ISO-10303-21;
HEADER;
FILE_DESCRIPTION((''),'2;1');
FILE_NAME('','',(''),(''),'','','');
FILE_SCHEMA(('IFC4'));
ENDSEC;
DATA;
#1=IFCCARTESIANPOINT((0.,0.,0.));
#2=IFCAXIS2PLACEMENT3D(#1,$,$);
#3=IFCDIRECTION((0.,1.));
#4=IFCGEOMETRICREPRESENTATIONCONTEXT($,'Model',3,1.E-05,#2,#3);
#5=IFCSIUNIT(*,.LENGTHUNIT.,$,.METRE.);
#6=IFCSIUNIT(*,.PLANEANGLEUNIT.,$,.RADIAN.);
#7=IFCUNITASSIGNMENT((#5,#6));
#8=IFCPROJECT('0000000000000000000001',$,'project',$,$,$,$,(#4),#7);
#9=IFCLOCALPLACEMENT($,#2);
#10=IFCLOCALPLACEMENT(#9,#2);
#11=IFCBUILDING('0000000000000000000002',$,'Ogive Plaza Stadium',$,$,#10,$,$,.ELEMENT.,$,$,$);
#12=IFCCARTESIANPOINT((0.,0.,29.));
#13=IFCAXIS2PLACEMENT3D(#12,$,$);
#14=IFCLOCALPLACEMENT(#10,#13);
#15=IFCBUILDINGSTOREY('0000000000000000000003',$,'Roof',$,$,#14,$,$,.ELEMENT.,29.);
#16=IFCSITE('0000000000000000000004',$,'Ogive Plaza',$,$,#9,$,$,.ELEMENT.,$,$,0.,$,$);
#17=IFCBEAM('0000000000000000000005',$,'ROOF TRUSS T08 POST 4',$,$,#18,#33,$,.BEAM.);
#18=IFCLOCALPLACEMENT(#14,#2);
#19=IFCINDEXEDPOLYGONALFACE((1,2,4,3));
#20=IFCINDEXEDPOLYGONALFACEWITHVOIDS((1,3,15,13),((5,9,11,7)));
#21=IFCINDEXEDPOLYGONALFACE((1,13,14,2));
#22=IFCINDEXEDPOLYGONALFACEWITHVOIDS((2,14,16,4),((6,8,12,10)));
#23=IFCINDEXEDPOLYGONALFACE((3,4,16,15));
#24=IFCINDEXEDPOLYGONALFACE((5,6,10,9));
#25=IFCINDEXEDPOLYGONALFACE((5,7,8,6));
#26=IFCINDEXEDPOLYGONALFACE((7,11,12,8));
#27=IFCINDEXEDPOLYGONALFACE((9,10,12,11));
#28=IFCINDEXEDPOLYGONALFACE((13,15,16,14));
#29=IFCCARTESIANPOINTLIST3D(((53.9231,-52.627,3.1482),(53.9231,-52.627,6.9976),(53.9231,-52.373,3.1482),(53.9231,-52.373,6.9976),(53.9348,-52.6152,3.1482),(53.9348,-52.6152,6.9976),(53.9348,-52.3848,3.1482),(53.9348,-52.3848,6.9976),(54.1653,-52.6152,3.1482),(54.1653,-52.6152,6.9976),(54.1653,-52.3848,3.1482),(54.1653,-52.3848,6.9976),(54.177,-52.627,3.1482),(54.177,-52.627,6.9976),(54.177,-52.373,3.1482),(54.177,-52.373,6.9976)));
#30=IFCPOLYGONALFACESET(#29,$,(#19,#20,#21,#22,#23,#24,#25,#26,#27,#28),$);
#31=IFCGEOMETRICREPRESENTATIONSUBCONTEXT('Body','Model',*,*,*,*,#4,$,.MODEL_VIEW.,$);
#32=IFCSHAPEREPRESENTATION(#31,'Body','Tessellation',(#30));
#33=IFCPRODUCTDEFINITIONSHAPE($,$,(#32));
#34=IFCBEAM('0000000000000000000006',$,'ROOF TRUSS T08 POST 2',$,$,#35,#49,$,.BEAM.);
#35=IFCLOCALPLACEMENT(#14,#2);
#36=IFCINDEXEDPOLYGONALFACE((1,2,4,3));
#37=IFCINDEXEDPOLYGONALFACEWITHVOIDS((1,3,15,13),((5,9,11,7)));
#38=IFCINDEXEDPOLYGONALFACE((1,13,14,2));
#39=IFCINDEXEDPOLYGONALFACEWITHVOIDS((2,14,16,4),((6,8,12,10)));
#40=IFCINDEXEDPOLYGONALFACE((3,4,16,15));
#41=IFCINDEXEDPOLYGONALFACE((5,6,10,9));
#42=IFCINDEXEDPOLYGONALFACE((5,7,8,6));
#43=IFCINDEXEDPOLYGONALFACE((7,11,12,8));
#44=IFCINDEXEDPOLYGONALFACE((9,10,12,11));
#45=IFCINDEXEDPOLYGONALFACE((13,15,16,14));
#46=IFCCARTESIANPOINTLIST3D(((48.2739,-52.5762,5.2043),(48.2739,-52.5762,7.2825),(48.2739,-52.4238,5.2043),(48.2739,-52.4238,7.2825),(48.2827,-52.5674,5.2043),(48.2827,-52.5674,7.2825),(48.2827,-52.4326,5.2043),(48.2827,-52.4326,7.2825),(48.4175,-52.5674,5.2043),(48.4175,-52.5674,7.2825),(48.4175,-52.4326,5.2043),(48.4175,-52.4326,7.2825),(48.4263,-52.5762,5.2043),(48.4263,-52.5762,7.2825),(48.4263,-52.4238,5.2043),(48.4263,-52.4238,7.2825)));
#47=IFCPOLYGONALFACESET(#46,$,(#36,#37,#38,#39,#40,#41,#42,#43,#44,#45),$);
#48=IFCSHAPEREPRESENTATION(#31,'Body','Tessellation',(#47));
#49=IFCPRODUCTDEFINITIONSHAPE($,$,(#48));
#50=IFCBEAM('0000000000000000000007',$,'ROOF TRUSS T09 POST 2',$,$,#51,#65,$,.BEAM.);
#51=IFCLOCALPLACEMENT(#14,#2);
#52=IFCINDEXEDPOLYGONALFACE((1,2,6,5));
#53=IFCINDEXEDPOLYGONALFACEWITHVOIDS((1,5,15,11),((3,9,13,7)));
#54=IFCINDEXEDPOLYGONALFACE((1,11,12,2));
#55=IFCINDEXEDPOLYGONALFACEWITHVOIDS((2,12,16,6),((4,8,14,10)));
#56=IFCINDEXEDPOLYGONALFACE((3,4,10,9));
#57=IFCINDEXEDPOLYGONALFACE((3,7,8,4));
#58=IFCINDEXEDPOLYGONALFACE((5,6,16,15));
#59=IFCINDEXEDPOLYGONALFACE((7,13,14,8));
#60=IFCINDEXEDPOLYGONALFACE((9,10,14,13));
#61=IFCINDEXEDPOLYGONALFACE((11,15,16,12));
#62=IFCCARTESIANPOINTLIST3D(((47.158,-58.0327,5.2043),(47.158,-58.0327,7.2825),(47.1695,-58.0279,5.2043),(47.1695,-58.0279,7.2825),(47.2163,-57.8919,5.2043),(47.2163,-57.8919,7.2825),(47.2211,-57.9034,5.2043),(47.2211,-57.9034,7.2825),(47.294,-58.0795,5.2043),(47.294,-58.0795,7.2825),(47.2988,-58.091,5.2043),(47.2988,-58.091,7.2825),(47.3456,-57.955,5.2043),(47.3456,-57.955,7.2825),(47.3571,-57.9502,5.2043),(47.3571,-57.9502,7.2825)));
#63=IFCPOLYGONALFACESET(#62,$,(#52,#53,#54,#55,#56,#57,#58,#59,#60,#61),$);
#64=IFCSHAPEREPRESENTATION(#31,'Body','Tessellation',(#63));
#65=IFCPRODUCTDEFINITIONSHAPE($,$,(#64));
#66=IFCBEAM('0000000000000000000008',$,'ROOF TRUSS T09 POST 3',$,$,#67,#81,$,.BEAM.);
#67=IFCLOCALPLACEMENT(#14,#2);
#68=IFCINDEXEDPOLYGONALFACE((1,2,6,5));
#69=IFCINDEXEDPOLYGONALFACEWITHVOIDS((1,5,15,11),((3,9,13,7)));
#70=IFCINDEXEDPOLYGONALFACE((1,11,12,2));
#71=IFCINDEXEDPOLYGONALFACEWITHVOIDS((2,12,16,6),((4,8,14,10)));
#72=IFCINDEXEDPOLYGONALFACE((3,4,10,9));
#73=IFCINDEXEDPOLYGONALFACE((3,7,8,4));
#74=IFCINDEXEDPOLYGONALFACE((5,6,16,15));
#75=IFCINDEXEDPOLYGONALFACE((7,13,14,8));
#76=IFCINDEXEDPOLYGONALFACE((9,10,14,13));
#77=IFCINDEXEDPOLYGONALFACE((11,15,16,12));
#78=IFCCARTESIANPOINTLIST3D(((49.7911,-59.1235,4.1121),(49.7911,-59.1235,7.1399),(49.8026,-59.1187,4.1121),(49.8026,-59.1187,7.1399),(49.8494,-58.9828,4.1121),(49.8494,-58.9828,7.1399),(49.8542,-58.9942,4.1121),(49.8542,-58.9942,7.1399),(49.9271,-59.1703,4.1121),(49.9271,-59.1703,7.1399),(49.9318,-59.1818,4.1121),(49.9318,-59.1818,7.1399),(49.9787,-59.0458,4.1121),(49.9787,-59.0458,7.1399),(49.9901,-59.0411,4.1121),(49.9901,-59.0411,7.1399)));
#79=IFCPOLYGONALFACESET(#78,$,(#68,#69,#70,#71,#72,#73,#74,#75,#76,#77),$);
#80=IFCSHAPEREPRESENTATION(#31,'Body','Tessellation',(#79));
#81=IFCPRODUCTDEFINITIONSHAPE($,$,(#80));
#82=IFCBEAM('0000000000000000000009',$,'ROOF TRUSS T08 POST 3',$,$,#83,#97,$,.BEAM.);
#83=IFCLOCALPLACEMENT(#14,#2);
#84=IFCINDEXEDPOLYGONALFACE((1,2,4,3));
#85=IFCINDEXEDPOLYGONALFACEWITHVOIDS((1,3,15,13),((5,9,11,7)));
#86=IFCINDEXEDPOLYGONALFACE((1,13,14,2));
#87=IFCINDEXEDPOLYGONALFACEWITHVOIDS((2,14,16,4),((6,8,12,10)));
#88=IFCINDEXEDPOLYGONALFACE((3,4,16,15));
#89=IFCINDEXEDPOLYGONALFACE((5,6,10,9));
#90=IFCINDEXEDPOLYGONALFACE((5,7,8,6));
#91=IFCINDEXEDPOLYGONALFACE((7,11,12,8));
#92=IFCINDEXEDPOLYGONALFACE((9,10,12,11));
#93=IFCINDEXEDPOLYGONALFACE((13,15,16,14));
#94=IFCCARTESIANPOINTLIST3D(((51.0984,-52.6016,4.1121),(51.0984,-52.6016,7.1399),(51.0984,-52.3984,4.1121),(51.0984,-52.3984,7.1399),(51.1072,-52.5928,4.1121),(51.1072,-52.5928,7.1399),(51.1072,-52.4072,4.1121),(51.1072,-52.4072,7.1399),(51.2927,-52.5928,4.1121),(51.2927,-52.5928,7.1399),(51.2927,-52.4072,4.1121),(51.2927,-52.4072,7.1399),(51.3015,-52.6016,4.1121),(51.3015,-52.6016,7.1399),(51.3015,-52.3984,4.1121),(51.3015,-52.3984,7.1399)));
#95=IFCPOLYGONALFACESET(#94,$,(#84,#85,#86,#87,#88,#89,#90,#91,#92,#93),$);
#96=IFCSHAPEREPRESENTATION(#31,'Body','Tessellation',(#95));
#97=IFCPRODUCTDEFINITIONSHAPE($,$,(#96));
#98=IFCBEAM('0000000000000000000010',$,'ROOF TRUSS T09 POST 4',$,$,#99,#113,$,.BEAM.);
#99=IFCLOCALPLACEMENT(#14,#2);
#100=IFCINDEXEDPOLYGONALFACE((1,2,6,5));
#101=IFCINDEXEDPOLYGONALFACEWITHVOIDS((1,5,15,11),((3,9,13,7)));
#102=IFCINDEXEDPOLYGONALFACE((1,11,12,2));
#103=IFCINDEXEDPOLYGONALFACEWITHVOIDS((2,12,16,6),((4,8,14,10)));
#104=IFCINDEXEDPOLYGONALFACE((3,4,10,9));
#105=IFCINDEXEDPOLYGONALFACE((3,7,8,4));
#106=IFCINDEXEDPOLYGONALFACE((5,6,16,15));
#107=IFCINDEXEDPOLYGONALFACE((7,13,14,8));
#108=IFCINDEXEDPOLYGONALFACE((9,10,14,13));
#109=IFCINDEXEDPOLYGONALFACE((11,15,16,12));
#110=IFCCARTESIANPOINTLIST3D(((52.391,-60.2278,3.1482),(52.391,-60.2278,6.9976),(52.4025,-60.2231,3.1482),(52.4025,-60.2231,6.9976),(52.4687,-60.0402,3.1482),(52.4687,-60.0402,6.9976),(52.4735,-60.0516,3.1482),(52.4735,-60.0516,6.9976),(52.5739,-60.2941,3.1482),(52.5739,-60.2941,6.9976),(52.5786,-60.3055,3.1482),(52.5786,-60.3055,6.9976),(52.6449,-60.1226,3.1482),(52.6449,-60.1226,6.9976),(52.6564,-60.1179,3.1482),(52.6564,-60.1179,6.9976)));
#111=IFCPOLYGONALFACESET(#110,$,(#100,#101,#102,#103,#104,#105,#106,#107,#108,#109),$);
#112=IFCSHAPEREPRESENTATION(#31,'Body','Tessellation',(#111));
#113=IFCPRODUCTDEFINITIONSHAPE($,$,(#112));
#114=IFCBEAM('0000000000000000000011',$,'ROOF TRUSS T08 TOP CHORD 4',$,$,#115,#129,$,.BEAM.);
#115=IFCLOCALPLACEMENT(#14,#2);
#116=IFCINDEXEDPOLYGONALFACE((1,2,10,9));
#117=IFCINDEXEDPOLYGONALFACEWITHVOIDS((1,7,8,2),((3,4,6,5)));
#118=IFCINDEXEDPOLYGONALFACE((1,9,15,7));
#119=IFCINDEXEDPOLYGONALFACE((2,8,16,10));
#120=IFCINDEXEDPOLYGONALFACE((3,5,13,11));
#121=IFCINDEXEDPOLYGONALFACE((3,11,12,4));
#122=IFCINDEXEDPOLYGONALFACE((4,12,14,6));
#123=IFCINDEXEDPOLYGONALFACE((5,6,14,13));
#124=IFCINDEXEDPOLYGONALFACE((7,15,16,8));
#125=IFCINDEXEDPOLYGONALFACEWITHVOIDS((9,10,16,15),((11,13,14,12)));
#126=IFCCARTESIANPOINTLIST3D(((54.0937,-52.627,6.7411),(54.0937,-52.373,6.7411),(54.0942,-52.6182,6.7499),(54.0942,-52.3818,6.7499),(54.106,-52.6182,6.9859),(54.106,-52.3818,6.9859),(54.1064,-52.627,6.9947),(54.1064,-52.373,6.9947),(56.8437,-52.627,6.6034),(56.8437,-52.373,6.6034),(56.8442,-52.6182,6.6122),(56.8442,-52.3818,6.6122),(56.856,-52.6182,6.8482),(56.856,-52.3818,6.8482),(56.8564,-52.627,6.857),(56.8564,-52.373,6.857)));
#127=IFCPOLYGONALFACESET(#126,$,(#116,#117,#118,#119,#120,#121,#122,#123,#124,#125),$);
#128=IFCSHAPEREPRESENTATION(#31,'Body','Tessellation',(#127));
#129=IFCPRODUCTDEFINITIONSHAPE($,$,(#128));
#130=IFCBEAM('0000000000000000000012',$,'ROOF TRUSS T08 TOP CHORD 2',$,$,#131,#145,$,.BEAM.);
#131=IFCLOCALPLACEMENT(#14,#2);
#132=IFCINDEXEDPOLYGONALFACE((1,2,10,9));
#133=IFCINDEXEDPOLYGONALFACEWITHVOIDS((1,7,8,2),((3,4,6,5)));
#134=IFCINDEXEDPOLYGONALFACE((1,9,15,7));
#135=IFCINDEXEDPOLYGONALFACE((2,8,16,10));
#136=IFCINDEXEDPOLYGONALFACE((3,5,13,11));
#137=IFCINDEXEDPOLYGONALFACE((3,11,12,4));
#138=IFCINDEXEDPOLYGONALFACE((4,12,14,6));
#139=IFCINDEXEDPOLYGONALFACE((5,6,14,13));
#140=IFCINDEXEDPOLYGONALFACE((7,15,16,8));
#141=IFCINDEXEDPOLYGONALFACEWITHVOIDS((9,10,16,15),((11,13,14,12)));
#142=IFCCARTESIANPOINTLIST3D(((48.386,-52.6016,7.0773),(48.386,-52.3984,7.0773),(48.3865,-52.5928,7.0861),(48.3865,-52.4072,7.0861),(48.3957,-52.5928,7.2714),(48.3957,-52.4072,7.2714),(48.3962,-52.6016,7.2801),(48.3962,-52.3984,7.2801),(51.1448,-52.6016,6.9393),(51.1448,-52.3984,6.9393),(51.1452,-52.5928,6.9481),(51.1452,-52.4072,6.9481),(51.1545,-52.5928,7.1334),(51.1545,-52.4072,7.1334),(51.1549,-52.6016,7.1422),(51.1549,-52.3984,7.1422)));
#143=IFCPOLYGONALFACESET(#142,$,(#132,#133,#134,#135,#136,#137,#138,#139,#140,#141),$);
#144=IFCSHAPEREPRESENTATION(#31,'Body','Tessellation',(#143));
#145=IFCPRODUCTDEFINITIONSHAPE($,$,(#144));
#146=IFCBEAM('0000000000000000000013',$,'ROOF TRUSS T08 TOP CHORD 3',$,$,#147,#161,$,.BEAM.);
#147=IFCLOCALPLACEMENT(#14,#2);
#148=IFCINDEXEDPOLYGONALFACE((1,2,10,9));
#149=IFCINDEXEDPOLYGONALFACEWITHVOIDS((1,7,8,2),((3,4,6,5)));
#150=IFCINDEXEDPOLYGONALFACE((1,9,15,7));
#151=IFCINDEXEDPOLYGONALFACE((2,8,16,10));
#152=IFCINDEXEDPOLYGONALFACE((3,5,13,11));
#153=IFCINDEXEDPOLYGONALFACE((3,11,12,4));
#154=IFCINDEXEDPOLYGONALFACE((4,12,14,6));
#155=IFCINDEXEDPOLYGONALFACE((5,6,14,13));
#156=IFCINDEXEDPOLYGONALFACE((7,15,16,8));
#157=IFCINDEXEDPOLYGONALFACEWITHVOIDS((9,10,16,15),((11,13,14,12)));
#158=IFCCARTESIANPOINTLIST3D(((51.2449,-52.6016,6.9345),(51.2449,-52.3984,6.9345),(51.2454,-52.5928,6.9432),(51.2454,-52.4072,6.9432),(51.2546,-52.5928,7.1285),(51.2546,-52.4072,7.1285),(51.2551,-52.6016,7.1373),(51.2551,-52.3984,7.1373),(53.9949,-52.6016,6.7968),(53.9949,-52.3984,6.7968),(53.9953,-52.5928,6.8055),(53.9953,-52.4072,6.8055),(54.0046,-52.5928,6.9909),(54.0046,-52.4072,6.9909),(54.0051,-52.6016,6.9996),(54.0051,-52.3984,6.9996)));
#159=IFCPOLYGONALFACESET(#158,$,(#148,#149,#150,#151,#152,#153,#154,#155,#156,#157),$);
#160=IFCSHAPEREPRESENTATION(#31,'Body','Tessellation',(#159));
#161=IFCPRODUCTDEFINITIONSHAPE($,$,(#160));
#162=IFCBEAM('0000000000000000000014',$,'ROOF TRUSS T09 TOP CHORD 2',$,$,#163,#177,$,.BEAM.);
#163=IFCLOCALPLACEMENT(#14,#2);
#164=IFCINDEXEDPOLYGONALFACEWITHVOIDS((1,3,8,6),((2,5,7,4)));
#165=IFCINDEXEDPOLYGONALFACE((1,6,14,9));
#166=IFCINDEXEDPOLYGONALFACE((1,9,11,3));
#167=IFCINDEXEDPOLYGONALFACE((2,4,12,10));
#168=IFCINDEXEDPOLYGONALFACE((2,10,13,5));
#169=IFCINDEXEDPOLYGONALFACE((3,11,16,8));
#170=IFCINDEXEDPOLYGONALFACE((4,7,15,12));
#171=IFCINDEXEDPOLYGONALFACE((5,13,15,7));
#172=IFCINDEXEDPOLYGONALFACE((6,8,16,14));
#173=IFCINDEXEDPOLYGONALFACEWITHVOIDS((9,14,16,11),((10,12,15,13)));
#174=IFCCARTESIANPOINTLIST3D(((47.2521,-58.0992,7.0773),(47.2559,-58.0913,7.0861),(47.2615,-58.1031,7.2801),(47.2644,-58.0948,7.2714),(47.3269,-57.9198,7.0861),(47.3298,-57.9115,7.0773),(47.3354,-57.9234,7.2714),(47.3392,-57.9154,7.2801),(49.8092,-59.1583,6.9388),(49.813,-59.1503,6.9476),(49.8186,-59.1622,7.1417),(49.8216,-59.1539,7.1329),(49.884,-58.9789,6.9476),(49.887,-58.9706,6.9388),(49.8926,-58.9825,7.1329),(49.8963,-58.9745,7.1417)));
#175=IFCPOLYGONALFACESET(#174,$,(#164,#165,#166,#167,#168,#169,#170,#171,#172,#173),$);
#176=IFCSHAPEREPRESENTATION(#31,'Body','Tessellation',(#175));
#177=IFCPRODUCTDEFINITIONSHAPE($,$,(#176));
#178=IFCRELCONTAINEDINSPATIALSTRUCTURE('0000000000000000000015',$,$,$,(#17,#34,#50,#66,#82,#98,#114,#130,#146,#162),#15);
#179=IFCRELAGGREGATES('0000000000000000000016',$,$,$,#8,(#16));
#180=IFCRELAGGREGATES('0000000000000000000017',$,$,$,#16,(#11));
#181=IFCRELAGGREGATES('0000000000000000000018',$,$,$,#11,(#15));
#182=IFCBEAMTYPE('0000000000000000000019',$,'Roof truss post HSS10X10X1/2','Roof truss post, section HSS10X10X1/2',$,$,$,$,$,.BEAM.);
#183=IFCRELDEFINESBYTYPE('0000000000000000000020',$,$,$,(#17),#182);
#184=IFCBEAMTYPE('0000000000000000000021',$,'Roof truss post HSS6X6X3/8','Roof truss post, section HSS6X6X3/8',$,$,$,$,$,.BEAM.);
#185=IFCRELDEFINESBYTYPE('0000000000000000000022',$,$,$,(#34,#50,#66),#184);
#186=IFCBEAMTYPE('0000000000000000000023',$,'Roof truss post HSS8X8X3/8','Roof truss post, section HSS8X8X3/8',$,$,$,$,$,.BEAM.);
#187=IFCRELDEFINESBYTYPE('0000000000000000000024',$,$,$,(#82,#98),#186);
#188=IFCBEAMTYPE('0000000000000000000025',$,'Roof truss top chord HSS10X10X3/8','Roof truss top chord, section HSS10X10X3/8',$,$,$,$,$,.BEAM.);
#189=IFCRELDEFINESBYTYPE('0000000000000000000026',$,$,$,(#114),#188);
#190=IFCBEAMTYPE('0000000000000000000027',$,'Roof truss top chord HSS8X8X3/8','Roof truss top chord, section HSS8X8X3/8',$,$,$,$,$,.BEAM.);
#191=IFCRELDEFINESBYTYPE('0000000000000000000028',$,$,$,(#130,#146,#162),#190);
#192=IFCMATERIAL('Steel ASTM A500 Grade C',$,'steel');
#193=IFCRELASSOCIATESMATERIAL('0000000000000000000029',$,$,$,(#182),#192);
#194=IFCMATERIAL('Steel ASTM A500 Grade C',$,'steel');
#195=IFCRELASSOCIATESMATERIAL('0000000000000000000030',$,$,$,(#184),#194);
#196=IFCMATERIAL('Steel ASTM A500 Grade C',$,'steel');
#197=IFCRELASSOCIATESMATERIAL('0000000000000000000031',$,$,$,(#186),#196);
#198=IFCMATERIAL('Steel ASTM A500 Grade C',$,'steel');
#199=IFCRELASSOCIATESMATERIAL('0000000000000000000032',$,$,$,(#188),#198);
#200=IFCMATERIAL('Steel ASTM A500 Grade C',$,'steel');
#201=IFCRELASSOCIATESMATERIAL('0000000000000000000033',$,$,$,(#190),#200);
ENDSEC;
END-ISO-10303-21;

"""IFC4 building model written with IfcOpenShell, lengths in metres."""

from ifc_helpers import new_model, si_unit, direction, frame, origin, origin_2d, place, context, subcontext, project, spatial, hollow_rectangle, extrude, material, material_profile, profile_set, type_object, element, save


model = new_model("IFC4")

# Units and contexts
model_context = context("Model", 3, precision=1e-05, world=origin(), true_north=direction((0.0, 1.0)))
body_context = subcontext(model_context, "Body", "Model", "MODEL_VIEW")
ifc_project = project(units=[si_unit("LENGTHUNIT", "METRE"), si_unit("PLANEANGLEUNIT", "RADIAN")], contexts=[model_context])

# Site, building, storey
site_placement = place(None, origin())
site = spatial("IfcSite", under=ifc_project, at=site_placement, Name="Ogive Plaza", CompositionType="ELEMENT", RefElevation=0.0)
building_placement = place(site_placement, origin())
building = spatial("IfcBuilding", under=site, at=building_placement, Name="Ogive Plaza Stadium", CompositionType="ELEMENT")
storey_placement = place(building_placement, frame((0.0, 0.0, 29.0)))
storey = spatial("IfcBuildingStorey", under=building, at=storey_placement, Name="Roof", CompositionType="ELEMENT", Elevation=29.0)

# Beams
ifc_material_1 = material(Name="Steel ASTM A500 Grade C", Category="steel")
ifc_material_profile_1 = material_profile(ifc_material_1, hollow_rectangle(XDim=0.2539, YDim=0.2539, WallThickness=0.0117, at=origin_2d()), Name="HSS10X10X1/2")
ifc_profile_set_1 = profile_set([ifc_material_profile_1], Name="Steel ASTM A500 Grade C")
beam_type_1 = type_object("IfcBeamType", Name="Roof truss post HSS10X10X1/2", Description="Roof truss post, section HSS10X10X1/2", PredefinedType="BEAM", material=ifc_profile_set_1)
beam_1_placement = place(storey_placement, frame((54.05, -52.5, 3.1482), z_axis=(0.0, 0.0, 1.0), x_axis=(0.0, 1.0, 0.0)))
element("IfcBeam", 1, at=beam_1_placement, inside=storey, type_object=beam_type_1, Name="ROOF TRUSS T08 POST 4", PredefinedType="BEAM", context=body_context, shape_type="SweptSolid", body=[
    extrude(hollow_rectangle(XDim=0.2539, YDim=0.2539, WallThickness=0.0117, at=origin_2d()), origin(), (0.0, 0.0, 1.0), 3.8494),
])
ifc_material_2 = material(Name="Steel ASTM A500 Grade C", Category="steel")
ifc_material_profile_2 = material_profile(ifc_material_2, hollow_rectangle(XDim=0.1523, YDim=0.1523, WallThickness=0.0088, at=origin_2d()), Name="HSS6X6X3/8")
ifc_profile_set_2 = profile_set([ifc_material_profile_2], Name="Steel ASTM A500 Grade C")
beam_type_2 = type_object("IfcBeamType", Name="Roof truss post HSS6X6X3/8", Description="Roof truss post, section HSS6X6X3/8", PredefinedType="BEAM", material=ifc_profile_set_2)
for number, where, z_axis, x_axis, name in (
    (2, (48.3501, -52.5, 5.2043), (0.0, 0.0, 1.0), (0.0, 1.0, 0.0), "ROOF TRUSS T08 POST 2"),
    (3, (47.2576, -57.9915, 5.2043), (0.0, 0.0, 1.0), (0.382683, 0.92388, 0.0), "ROOF TRUSS T09 POST 2"),
):
    element("IfcBeam", number, at=place(storey_placement, frame(where, z_axis=z_axis, x_axis=x_axis)), inside=storey, type_object=beam_type_2, Name=name, PredefinedType="BEAM", context=body_context, shape_type="SweptSolid", body=[
        extrude(hollow_rectangle(XDim=0.1523, YDim=0.1523, WallThickness=0.0088, at=origin_2d()), origin(), (0.0, 0.0, 1.0), 2.0781),
    ])
beam_2_placement = place(storey_placement, frame((49.8906, -59.0823, 4.1121), z_axis=(0.0, 0.0, 1.0), x_axis=(0.382683, 0.92388, 0.0)))
element("IfcBeam", 4, at=beam_2_placement, inside=storey, type_object=beam_type_2, Name="ROOF TRUSS T09 POST 3", PredefinedType="BEAM", context=body_context, shape_type="SweptSolid", body=[
    extrude(hollow_rectangle(XDim=0.1523, YDim=0.1523, WallThickness=0.0088, at=origin_2d()), origin(), (0.0, 0.0, 1.0), 3.0278),
])
ifc_material_3 = material(Name="Steel ASTM A500 Grade C", Category="steel")
ifc_material_profile_3 = material_profile(ifc_material_3, hollow_rectangle(XDim=0.2031, YDim=0.2031, WallThickness=0.0088, at=origin_2d()), Name="HSS8X8X3/8")
ifc_profile_set_3 = profile_set([ifc_material_profile_3], Name="Steel ASTM A500 Grade C")
beam_type_3 = type_object("IfcBeamType", Name="Roof truss post HSS8X8X3/8", Description="Roof truss post, section HSS8X8X3/8", PredefinedType="BEAM", material=ifc_profile_set_3)
beam_3_placement = place(storey_placement, frame((51.2, -52.5, 4.1121), z_axis=(0.0, 0.0, 1.0), x_axis=(0.0, 1.0, 0.0)))
element("IfcBeam", 5, at=beam_3_placement, inside=storey, type_object=beam_type_3, Name="ROOF TRUSS T08 POST 3", PredefinedType="BEAM", context=body_context, shape_type="SweptSolid", body=[
    extrude(hollow_rectangle(XDim=0.2031, YDim=0.2031, WallThickness=0.0088, at=origin_2d()), origin(), (0.0, 0.0, 1.0), 3.0278),
])
beam_4_placement = place(storey_placement, frame((52.5237, -60.1729, 3.1482), z_axis=(0.0, 0.0, 1.0), x_axis=(0.382683, 0.92388, 0.0)))
element("IfcBeam", 6, at=beam_4_placement, inside=storey, type_object=beam_type_3, Name="ROOF TRUSS T09 POST 4", PredefinedType="BEAM", context=body_context, shape_type="SweptSolid", body=[
    extrude(hollow_rectangle(XDim=0.2031, YDim=0.2031, WallThickness=0.0088, at=origin_2d()), origin(), (0.0, 0.0, 1.0), 3.8494),
])
ifc_material_4 = material(Name="Steel ASTM A500 Grade C", Category="steel")
ifc_material_profile_4 = material_profile(ifc_material_4, hollow_rectangle(XDim=0.2539, YDim=0.2539, WallThickness=0.0088, at=origin_2d()), Name="HSS10X10X3/8")
ifc_profile_set_4 = profile_set([ifc_material_profile_4], Name="Steel ASTM A500 Grade C")
beam_type_4 = type_object("IfcBeamType", Name="Roof truss top chord HSS10X10X3/8", Description="Roof truss top chord, section HSS10X10X3/8", PredefinedType="BEAM", material=ifc_profile_set_4)
beam_5_placement = place(storey_placement, frame((54.1001, -52.5, 6.8679), z_axis=(0.998749, 0.0, -0.050008), x_axis=(0.0, 1.0, 0.0)))
element("IfcBeam", 7, at=beam_5_placement, inside=storey, type_object=beam_type_4, Name="ROOF TRUSS T08 TOP CHORD 4", PredefinedType="BEAM", context=body_context, shape_type="SweptSolid", body=[
    extrude(hollow_rectangle(XDim=0.2539, YDim=0.2539, WallThickness=0.0088, at=origin_2d()), origin(), (0.0, 0.0, 1.0), 2.7534),
])
ifc_material_5 = material(Name="Steel ASTM A500 Grade C", Category="steel")
ifc_material_profile_5 = material_profile(ifc_material_5, hollow_rectangle(XDim=0.2031, YDim=0.2031, WallThickness=0.0088, at=origin_2d()), Name="HSS8X8X3/8")
ifc_profile_set_5 = profile_set([ifc_material_profile_5], Name="Steel ASTM A500 Grade C")
beam_type_5 = type_object("IfcBeamType", Name="Roof truss top chord HSS8X8X3/8", Description="Roof truss top chord, section HSS8X8X3/8", PredefinedType="BEAM", material=ifc_profile_set_5)
beam_6_placement = place(storey_placement, frame((48.3911, -52.5, 7.1787), z_axis=(0.998752, 0.0, -0.049938), x_axis=(0.0, 1.0, 0.0)))
element("IfcBeam", 8, at=beam_6_placement, inside=storey, type_object=beam_type_5, Name="ROOF TRUSS T08 TOP CHORD 2", PredefinedType="BEAM", context=body_context, shape_type="SweptSolid", body=[
    extrude(hollow_rectangle(XDim=0.2031, YDim=0.2031, WallThickness=0.0088, at=origin_2d()), origin(), (0.0, 0.0, 1.0), 2.7622),
])
beam_7_placement = place(storey_placement, frame((51.25, -52.5, 7.0359), z_axis=(0.998749, 0.0, -0.050008), x_axis=(0.0, 1.0, 0.0)))
element("IfcBeam", 9, at=beam_7_placement, inside=storey, type_object=beam_type_5, Name="ROOF TRUSS T08 TOP CHORD 3", PredefinedType="BEAM", context=body_context, shape_type="SweptSolid", body=[
    extrude(hollow_rectangle(XDim=0.2031, YDim=0.2031, WallThickness=0.0088, at=origin_2d()), origin(), (0.0, 0.0, 1.0), 2.7534),
])
beam_8_placement = place(storey_placement, frame((47.2957, -58.0073, 7.1787), z_axis=(0.922741, -0.38217, -0.049952), x_axis=(0.382648, 0.923894, 0.0)))
element("IfcBeam", 10, at=beam_8_placement, inside=storey, type_object=beam_type_5, Name="ROOF TRUSS T09 TOP CHORD 2", PredefinedType="BEAM", context=body_context, shape_type="SweptSolid", body=[
    extrude(hollow_rectangle(XDim=0.2031, YDim=0.2031, WallThickness=0.0088, at=origin_2d()), origin(), (0.0, 0.0, 1.0), 2.7712),
])

save(model, "model.ifc")
